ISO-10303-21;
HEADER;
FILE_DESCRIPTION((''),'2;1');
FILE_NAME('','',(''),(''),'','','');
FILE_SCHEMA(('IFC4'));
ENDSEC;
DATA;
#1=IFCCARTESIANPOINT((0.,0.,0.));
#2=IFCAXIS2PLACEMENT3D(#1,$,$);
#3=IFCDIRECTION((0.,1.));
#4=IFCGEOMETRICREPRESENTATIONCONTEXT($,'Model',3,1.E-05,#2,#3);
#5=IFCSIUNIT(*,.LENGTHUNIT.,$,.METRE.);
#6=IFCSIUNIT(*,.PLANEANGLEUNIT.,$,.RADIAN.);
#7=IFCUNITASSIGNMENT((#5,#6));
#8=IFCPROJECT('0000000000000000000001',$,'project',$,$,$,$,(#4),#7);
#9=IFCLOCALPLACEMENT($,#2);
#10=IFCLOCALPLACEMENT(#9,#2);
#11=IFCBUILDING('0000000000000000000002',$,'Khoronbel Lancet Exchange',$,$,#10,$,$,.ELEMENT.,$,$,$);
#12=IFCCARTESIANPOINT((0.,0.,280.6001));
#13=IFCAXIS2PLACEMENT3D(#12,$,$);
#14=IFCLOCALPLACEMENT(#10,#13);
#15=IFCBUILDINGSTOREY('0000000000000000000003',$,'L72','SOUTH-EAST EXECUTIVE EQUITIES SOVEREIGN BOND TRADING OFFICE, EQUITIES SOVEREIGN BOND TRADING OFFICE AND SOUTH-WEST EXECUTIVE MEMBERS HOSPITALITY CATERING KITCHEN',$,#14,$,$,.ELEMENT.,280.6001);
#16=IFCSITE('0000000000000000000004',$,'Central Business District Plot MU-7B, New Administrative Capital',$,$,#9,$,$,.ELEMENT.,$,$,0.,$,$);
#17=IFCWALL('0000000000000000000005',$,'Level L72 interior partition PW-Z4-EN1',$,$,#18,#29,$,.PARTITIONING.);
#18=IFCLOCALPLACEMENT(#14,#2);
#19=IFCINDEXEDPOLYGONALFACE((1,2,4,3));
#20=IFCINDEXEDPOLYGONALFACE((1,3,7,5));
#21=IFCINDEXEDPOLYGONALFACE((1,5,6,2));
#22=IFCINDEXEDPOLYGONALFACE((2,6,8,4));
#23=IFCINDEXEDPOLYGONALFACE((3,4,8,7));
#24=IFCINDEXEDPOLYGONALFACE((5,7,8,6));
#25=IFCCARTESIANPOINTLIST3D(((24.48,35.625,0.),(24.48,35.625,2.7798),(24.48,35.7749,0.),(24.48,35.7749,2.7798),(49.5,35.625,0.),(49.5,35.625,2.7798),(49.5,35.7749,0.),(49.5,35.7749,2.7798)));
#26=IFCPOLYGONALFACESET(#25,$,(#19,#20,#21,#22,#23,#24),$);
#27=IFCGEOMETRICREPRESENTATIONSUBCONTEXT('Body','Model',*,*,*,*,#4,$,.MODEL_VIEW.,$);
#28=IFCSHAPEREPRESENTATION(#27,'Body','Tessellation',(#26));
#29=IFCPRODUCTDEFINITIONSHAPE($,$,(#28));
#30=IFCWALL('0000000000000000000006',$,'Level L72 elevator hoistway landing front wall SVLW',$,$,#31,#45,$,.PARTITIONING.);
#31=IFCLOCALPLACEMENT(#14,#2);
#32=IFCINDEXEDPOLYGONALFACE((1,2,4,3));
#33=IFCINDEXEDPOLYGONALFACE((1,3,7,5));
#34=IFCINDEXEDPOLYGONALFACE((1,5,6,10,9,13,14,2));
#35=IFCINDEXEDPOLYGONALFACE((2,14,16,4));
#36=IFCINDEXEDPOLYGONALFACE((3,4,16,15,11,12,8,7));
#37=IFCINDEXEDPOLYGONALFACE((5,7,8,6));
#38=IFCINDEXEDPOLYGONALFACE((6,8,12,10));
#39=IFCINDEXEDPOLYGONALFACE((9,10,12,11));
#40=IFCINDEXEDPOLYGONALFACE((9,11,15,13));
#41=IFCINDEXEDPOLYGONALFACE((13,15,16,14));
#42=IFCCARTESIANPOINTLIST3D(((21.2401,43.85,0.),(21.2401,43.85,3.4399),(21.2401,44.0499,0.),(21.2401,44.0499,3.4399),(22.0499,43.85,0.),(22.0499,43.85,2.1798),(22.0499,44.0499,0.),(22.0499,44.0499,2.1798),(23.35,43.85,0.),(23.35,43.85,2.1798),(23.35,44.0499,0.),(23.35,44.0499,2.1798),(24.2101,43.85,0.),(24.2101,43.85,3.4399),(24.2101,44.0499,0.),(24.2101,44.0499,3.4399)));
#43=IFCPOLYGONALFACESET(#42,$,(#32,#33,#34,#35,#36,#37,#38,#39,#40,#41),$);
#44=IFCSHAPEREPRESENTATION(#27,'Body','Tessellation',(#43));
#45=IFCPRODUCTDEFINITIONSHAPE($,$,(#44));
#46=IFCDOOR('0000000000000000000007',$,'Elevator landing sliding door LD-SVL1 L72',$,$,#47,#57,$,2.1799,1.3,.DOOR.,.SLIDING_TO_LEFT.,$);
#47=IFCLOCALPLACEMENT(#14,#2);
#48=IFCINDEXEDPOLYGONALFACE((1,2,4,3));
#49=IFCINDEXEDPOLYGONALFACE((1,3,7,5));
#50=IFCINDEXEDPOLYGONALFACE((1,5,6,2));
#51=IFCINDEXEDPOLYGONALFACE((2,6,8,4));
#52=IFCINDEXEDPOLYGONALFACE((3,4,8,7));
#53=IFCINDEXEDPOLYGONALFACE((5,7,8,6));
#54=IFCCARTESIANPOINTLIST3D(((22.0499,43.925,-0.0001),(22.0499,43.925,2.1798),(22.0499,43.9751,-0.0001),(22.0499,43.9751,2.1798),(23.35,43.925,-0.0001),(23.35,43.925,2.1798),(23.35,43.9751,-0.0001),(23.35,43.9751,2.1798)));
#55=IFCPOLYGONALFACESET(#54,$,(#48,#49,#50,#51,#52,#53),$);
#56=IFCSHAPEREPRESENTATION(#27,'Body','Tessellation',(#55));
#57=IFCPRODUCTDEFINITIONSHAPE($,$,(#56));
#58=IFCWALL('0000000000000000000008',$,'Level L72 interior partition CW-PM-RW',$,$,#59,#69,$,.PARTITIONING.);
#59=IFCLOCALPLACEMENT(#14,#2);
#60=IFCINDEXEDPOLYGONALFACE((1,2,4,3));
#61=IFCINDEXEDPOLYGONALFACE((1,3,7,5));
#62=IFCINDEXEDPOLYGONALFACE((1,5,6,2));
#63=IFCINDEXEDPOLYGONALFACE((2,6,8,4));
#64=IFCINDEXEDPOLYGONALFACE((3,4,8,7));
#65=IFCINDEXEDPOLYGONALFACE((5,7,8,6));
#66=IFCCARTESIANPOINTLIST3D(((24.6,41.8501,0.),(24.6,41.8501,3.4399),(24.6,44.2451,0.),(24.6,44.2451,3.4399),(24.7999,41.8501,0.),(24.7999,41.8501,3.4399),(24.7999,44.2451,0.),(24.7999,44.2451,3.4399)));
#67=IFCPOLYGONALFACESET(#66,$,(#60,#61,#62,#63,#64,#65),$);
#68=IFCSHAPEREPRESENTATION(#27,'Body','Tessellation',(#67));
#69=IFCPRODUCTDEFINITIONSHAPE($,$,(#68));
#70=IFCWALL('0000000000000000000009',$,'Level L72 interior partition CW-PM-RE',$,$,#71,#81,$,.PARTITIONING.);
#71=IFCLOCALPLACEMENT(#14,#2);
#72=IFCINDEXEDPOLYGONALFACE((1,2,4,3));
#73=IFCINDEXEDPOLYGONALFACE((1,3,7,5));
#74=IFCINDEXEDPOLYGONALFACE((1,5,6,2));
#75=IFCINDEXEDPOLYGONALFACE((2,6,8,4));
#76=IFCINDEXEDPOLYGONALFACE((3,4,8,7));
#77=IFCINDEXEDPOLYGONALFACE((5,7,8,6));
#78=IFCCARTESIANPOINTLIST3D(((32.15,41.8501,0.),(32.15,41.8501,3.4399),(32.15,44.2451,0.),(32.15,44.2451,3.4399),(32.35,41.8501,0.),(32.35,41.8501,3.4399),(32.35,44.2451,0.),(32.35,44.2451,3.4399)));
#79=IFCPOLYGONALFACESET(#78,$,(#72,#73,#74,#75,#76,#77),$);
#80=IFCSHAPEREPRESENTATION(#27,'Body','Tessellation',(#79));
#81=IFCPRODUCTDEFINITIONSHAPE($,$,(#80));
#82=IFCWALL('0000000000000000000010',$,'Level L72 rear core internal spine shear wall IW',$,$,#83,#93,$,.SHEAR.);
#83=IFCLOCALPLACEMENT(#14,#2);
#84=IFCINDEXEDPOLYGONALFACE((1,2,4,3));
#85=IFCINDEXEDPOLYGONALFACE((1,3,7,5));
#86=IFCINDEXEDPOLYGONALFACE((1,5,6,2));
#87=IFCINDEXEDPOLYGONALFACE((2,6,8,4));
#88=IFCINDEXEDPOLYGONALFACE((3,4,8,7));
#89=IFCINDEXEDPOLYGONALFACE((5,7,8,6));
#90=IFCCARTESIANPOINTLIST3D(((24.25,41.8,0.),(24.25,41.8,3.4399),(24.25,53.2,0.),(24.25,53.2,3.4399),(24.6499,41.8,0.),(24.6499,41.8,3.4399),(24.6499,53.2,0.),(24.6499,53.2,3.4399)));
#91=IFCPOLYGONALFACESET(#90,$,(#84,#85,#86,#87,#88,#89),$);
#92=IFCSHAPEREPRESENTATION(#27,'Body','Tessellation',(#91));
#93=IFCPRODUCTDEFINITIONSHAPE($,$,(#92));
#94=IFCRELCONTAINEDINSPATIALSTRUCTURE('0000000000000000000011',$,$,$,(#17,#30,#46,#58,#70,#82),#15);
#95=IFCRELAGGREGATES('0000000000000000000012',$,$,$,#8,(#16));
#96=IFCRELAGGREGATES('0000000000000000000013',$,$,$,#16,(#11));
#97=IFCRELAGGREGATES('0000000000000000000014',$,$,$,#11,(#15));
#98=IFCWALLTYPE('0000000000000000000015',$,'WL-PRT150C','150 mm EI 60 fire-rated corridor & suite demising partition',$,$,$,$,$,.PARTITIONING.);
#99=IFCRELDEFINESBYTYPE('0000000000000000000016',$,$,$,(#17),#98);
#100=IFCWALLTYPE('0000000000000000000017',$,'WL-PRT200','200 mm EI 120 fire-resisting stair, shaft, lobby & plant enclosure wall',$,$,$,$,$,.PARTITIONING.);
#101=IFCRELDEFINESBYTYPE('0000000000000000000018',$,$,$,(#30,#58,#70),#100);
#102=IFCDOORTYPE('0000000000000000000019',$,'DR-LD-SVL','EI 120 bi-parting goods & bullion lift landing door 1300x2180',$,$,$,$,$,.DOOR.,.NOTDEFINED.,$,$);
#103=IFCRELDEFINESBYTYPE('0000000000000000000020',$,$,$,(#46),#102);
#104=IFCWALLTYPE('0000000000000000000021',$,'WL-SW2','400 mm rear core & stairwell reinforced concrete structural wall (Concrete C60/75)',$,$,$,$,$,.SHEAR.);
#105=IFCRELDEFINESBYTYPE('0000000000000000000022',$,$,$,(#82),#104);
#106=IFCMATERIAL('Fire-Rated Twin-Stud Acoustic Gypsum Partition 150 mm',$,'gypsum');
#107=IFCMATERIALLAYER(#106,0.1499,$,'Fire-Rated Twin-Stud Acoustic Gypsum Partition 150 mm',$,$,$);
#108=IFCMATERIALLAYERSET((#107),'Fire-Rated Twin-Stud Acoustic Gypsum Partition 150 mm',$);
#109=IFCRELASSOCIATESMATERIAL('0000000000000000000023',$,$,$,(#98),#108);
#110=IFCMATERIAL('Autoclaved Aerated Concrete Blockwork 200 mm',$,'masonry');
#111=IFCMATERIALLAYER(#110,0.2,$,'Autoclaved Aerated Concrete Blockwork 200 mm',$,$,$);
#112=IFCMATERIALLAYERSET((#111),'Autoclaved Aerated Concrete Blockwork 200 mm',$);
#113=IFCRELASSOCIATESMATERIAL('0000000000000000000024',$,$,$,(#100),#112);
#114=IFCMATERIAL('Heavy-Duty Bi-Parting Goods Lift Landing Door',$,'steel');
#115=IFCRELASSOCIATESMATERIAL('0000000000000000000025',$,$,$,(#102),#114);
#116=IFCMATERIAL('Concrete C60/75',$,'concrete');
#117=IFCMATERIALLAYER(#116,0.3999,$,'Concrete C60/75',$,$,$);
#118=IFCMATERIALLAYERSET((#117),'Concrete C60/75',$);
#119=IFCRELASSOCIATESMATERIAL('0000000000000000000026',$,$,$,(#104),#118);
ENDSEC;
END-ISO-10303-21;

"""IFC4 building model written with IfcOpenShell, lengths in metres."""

from ifc_helpers import new_model, si_unit, direction, frame, frame_2d, origin, place, context, subcontext, project, spatial, rectangle, extrude, material, layer, layer_set, type_object, element, fill, save


model = new_model("IFC4")

# Units and contexts
model_context = context("Model", 3, precision=1e-05, world=origin(), true_north=direction((0.0, 1.0)))
body_context = subcontext(model_context, "Body", "Model", "MODEL_VIEW")
ifc_project = project(units=[si_unit("LENGTHUNIT", "METRE"), si_unit("PLANEANGLEUNIT", "RADIAN")], contexts=[model_context])

# Site, building, storey
site_placement = place(None, origin())
site = spatial("IfcSite", under=ifc_project, at=site_placement, Name="Central Business District Plot MU-7B, New Administrative Capital", CompositionType="ELEMENT", RefElevation=0.0)
building_placement = place(site_placement, origin())
building = spatial("IfcBuilding", under=site, at=building_placement, Name="Khoronbel Lancet Exchange", CompositionType="ELEMENT")
storey_placement = place(building_placement, frame((0.0, 0.0, 280.6001)))
storey = spatial("IfcBuildingStorey", under=building, at=storey_placement, Name="L72", Description="SOUTH-EAST EXECUTIVE EQUITIES SOVEREIGN BOND TRADING OFFICE, EQUITIES SOVEREIGN BOND TRADING OFFICE AND SOUTH-WEST EXECUTIVE MEMBERS HOSPITALITY CATERING KITCHEN", CompositionType="ELEMENT", Elevation=280.6001)

# Shared definitions
ifc_material_1 = material(Name="Concrete C60/75", Category="concrete")

# Shared definitions
ifc_material_2 = material(Name="Fire-Rated Twin-Stud Acoustic Gypsum Partition 150 mm", Category="gypsum")
ifc_layer_1 = layer(ifc_material_2, 0.1499, Name="Fire-Rated Twin-Stud Acoustic Gypsum Partition 150 mm")
ifc_layer_set_1 = layer_set([ifc_layer_1], Name="Fire-Rated Twin-Stud Acoustic Gypsum Partition 150 mm")
wall_type_1 = type_object("IfcWallType", Name="WL-PRT150C", Description="150 mm EI 60 fire-rated corridor & suite demising partition", PredefinedType="PARTITIONING", material=ifc_layer_set_1)

# Wall
wall_1_placement = place(storey_placement, frame((24.48, 35.7, 0.0), z_axis=(0.0, 0.0, 1.0), x_axis=(1.0, 0.0, 0.0)))
element("IfcWall", 1, at=wall_1_placement, inside=storey, type_object=wall_type_1, Name="Level L72 interior partition PW-Z4-EN1", PredefinedType="PARTITIONING", context=body_context, shape_type="SweptSolid", body=[
    extrude(rectangle(XDim=25.02, YDim=0.1499, at=frame_2d((12.51, 0.0))), origin(), (0.0, 0.0, 1.0), 2.7798),
])

# Wall, opening, door
ifc_material_3 = material(Name="Autoclaved Aerated Concrete Blockwork 200 mm", Category="masonry")
ifc_layer_2 = layer(ifc_material_3, 0.2, Name="Autoclaved Aerated Concrete Blockwork 200 mm")
ifc_layer_set_2 = layer_set([ifc_layer_2], Name="Autoclaved Aerated Concrete Blockwork 200 mm")
wall_type_2 = type_object("IfcWallType", Name="WL-PRT200", Description="200 mm EI 120 fire-resisting stair, shaft, lobby & plant enclosure wall", PredefinedType="PARTITIONING", material=ifc_layer_set_2)
wall_2_placement = place(storey_placement, frame((24.21, 43.95, 0.0), z_axis=(0.0, 0.0, 1.0), x_axis=(-1.0, 0.0, 0.0)))
wall_2 = element("IfcWall", 2, at=wall_2_placement, inside=storey, type_object=wall_type_2, Name="Level L72 elevator hoistway landing front wall SVLW", PredefinedType="PARTITIONING", context=body_context, shape_type="SweptSolid", body=[
    extrude(rectangle(XDim=2.97, YDim=0.2, at=frame_2d((1.4849, 0.0))), origin(), (0.0, 0.0, 1.0), 3.4399),
])
opening_1_placement = place(wall_2_placement, frame((0.8601, 0.0, 0.0)))
opening_1 = element("IfcOpeningElement", 3, at=opening_1_placement, cuts=wall_2, PredefinedType="OPENING", context=body_context, shape_type="SweptSolid", body=[
    extrude(rectangle(XDim=1.3, YDim=2.1799, at=frame_2d((0.6499, 1.0898))), frame((0.0, 0.1099, 0.0), z_axis=(0.0, -1.0, 0.0), x_axis=(1.0, 0.0, 0.0)), (0.0, 0.0, 1.0), 0.22),
])
ifc_material_4 = material(Name="Heavy-Duty Bi-Parting Goods Lift Landing Door", Category="steel")
door_type_1 = type_object("IfcDoorType", Name="DR-LD-SVL", Description="EI 120 bi-parting goods & bullion lift landing door 1300x2180", OperationType="NOTDEFINED", PredefinedType="DOOR", material=ifc_material_4)
door_1_placement = place(opening_1_placement, origin())
door_1 = element("IfcDoor", 4, at=door_1_placement, inside=storey, type_object=door_type_1, Name="Elevator landing sliding door LD-SVL1 L72", OperationType="SLIDING_TO_LEFT", OverallHeight=2.1799, OverallWidth=1.3, PredefinedType="DOOR", context=body_context, shape_type="SweptSolid", body=[
    extrude(rectangle(XDim=1.3, YDim=2.1799, at=frame_2d((0.6499, 1.0898))), frame((0.0, 0.0249, 0.0), z_axis=(0.0, -1.0, 0.0), x_axis=(1.0, 0.0, 0.0)), (0.0, 0.0, 1.0), 0.05),
])
fill(opening_1, door_1)

# Walls
for number, where, z_axis, x_axis, name in (
    (5, (24.7, 41.8501, 0.0), (0.0, 0.0, 1.0), (0.0, 1.0, 0.0), "Level L72 interior partition CW-PM-RW"),
    (6, (32.25, 41.8501, 0.0), (0.0, 0.0, 1.0), (0.0, 1.0, 0.0), "Level L72 interior partition CW-PM-RE"),
):
    element("IfcWall", number, at=place(storey_placement, frame(where, z_axis=z_axis, x_axis=x_axis)), inside=storey, type_object=wall_type_2, Name=name, PredefinedType="PARTITIONING", context=body_context, shape_type="SweptSolid", body=[
        extrude(rectangle(XDim=2.395, YDim=0.2, at=frame_2d((1.1975, 0.0))), origin(), (0.0, 0.0, 1.0), 3.4399),
    ])
ifc_layer_3 = layer(ifc_material_1, 0.3999, Name="Concrete C60/75")
ifc_layer_set_3 = layer_set([ifc_layer_3], Name="Concrete C60/75")
wall_type_3 = type_object("IfcWallType", Name="WL-SW2", Description="400 mm rear core & stairwell reinforced concrete structural wall (Concrete C60/75)", PredefinedType="SHEAR", material=ifc_layer_set_3)
wall_3_placement = place(storey_placement, frame((24.45, 41.8, 0.0), z_axis=(0.0, 0.0, 1.0), x_axis=(0.0, 1.0, 0.0)))
element("IfcWall", 7, at=wall_3_placement, inside=storey, type_object=wall_type_3, Name="Level L72 rear core internal spine shear wall IW", PredefinedType="SHEAR", context=body_context, shape_type="SweptSolid", body=[
    extrude(rectangle(XDim=11.3999, YDim=0.3999, at=frame_2d((5.7, 0.0))), origin(), (0.0, 0.0, 1.0), 3.4399),
])

save(model, "model.ifc")
